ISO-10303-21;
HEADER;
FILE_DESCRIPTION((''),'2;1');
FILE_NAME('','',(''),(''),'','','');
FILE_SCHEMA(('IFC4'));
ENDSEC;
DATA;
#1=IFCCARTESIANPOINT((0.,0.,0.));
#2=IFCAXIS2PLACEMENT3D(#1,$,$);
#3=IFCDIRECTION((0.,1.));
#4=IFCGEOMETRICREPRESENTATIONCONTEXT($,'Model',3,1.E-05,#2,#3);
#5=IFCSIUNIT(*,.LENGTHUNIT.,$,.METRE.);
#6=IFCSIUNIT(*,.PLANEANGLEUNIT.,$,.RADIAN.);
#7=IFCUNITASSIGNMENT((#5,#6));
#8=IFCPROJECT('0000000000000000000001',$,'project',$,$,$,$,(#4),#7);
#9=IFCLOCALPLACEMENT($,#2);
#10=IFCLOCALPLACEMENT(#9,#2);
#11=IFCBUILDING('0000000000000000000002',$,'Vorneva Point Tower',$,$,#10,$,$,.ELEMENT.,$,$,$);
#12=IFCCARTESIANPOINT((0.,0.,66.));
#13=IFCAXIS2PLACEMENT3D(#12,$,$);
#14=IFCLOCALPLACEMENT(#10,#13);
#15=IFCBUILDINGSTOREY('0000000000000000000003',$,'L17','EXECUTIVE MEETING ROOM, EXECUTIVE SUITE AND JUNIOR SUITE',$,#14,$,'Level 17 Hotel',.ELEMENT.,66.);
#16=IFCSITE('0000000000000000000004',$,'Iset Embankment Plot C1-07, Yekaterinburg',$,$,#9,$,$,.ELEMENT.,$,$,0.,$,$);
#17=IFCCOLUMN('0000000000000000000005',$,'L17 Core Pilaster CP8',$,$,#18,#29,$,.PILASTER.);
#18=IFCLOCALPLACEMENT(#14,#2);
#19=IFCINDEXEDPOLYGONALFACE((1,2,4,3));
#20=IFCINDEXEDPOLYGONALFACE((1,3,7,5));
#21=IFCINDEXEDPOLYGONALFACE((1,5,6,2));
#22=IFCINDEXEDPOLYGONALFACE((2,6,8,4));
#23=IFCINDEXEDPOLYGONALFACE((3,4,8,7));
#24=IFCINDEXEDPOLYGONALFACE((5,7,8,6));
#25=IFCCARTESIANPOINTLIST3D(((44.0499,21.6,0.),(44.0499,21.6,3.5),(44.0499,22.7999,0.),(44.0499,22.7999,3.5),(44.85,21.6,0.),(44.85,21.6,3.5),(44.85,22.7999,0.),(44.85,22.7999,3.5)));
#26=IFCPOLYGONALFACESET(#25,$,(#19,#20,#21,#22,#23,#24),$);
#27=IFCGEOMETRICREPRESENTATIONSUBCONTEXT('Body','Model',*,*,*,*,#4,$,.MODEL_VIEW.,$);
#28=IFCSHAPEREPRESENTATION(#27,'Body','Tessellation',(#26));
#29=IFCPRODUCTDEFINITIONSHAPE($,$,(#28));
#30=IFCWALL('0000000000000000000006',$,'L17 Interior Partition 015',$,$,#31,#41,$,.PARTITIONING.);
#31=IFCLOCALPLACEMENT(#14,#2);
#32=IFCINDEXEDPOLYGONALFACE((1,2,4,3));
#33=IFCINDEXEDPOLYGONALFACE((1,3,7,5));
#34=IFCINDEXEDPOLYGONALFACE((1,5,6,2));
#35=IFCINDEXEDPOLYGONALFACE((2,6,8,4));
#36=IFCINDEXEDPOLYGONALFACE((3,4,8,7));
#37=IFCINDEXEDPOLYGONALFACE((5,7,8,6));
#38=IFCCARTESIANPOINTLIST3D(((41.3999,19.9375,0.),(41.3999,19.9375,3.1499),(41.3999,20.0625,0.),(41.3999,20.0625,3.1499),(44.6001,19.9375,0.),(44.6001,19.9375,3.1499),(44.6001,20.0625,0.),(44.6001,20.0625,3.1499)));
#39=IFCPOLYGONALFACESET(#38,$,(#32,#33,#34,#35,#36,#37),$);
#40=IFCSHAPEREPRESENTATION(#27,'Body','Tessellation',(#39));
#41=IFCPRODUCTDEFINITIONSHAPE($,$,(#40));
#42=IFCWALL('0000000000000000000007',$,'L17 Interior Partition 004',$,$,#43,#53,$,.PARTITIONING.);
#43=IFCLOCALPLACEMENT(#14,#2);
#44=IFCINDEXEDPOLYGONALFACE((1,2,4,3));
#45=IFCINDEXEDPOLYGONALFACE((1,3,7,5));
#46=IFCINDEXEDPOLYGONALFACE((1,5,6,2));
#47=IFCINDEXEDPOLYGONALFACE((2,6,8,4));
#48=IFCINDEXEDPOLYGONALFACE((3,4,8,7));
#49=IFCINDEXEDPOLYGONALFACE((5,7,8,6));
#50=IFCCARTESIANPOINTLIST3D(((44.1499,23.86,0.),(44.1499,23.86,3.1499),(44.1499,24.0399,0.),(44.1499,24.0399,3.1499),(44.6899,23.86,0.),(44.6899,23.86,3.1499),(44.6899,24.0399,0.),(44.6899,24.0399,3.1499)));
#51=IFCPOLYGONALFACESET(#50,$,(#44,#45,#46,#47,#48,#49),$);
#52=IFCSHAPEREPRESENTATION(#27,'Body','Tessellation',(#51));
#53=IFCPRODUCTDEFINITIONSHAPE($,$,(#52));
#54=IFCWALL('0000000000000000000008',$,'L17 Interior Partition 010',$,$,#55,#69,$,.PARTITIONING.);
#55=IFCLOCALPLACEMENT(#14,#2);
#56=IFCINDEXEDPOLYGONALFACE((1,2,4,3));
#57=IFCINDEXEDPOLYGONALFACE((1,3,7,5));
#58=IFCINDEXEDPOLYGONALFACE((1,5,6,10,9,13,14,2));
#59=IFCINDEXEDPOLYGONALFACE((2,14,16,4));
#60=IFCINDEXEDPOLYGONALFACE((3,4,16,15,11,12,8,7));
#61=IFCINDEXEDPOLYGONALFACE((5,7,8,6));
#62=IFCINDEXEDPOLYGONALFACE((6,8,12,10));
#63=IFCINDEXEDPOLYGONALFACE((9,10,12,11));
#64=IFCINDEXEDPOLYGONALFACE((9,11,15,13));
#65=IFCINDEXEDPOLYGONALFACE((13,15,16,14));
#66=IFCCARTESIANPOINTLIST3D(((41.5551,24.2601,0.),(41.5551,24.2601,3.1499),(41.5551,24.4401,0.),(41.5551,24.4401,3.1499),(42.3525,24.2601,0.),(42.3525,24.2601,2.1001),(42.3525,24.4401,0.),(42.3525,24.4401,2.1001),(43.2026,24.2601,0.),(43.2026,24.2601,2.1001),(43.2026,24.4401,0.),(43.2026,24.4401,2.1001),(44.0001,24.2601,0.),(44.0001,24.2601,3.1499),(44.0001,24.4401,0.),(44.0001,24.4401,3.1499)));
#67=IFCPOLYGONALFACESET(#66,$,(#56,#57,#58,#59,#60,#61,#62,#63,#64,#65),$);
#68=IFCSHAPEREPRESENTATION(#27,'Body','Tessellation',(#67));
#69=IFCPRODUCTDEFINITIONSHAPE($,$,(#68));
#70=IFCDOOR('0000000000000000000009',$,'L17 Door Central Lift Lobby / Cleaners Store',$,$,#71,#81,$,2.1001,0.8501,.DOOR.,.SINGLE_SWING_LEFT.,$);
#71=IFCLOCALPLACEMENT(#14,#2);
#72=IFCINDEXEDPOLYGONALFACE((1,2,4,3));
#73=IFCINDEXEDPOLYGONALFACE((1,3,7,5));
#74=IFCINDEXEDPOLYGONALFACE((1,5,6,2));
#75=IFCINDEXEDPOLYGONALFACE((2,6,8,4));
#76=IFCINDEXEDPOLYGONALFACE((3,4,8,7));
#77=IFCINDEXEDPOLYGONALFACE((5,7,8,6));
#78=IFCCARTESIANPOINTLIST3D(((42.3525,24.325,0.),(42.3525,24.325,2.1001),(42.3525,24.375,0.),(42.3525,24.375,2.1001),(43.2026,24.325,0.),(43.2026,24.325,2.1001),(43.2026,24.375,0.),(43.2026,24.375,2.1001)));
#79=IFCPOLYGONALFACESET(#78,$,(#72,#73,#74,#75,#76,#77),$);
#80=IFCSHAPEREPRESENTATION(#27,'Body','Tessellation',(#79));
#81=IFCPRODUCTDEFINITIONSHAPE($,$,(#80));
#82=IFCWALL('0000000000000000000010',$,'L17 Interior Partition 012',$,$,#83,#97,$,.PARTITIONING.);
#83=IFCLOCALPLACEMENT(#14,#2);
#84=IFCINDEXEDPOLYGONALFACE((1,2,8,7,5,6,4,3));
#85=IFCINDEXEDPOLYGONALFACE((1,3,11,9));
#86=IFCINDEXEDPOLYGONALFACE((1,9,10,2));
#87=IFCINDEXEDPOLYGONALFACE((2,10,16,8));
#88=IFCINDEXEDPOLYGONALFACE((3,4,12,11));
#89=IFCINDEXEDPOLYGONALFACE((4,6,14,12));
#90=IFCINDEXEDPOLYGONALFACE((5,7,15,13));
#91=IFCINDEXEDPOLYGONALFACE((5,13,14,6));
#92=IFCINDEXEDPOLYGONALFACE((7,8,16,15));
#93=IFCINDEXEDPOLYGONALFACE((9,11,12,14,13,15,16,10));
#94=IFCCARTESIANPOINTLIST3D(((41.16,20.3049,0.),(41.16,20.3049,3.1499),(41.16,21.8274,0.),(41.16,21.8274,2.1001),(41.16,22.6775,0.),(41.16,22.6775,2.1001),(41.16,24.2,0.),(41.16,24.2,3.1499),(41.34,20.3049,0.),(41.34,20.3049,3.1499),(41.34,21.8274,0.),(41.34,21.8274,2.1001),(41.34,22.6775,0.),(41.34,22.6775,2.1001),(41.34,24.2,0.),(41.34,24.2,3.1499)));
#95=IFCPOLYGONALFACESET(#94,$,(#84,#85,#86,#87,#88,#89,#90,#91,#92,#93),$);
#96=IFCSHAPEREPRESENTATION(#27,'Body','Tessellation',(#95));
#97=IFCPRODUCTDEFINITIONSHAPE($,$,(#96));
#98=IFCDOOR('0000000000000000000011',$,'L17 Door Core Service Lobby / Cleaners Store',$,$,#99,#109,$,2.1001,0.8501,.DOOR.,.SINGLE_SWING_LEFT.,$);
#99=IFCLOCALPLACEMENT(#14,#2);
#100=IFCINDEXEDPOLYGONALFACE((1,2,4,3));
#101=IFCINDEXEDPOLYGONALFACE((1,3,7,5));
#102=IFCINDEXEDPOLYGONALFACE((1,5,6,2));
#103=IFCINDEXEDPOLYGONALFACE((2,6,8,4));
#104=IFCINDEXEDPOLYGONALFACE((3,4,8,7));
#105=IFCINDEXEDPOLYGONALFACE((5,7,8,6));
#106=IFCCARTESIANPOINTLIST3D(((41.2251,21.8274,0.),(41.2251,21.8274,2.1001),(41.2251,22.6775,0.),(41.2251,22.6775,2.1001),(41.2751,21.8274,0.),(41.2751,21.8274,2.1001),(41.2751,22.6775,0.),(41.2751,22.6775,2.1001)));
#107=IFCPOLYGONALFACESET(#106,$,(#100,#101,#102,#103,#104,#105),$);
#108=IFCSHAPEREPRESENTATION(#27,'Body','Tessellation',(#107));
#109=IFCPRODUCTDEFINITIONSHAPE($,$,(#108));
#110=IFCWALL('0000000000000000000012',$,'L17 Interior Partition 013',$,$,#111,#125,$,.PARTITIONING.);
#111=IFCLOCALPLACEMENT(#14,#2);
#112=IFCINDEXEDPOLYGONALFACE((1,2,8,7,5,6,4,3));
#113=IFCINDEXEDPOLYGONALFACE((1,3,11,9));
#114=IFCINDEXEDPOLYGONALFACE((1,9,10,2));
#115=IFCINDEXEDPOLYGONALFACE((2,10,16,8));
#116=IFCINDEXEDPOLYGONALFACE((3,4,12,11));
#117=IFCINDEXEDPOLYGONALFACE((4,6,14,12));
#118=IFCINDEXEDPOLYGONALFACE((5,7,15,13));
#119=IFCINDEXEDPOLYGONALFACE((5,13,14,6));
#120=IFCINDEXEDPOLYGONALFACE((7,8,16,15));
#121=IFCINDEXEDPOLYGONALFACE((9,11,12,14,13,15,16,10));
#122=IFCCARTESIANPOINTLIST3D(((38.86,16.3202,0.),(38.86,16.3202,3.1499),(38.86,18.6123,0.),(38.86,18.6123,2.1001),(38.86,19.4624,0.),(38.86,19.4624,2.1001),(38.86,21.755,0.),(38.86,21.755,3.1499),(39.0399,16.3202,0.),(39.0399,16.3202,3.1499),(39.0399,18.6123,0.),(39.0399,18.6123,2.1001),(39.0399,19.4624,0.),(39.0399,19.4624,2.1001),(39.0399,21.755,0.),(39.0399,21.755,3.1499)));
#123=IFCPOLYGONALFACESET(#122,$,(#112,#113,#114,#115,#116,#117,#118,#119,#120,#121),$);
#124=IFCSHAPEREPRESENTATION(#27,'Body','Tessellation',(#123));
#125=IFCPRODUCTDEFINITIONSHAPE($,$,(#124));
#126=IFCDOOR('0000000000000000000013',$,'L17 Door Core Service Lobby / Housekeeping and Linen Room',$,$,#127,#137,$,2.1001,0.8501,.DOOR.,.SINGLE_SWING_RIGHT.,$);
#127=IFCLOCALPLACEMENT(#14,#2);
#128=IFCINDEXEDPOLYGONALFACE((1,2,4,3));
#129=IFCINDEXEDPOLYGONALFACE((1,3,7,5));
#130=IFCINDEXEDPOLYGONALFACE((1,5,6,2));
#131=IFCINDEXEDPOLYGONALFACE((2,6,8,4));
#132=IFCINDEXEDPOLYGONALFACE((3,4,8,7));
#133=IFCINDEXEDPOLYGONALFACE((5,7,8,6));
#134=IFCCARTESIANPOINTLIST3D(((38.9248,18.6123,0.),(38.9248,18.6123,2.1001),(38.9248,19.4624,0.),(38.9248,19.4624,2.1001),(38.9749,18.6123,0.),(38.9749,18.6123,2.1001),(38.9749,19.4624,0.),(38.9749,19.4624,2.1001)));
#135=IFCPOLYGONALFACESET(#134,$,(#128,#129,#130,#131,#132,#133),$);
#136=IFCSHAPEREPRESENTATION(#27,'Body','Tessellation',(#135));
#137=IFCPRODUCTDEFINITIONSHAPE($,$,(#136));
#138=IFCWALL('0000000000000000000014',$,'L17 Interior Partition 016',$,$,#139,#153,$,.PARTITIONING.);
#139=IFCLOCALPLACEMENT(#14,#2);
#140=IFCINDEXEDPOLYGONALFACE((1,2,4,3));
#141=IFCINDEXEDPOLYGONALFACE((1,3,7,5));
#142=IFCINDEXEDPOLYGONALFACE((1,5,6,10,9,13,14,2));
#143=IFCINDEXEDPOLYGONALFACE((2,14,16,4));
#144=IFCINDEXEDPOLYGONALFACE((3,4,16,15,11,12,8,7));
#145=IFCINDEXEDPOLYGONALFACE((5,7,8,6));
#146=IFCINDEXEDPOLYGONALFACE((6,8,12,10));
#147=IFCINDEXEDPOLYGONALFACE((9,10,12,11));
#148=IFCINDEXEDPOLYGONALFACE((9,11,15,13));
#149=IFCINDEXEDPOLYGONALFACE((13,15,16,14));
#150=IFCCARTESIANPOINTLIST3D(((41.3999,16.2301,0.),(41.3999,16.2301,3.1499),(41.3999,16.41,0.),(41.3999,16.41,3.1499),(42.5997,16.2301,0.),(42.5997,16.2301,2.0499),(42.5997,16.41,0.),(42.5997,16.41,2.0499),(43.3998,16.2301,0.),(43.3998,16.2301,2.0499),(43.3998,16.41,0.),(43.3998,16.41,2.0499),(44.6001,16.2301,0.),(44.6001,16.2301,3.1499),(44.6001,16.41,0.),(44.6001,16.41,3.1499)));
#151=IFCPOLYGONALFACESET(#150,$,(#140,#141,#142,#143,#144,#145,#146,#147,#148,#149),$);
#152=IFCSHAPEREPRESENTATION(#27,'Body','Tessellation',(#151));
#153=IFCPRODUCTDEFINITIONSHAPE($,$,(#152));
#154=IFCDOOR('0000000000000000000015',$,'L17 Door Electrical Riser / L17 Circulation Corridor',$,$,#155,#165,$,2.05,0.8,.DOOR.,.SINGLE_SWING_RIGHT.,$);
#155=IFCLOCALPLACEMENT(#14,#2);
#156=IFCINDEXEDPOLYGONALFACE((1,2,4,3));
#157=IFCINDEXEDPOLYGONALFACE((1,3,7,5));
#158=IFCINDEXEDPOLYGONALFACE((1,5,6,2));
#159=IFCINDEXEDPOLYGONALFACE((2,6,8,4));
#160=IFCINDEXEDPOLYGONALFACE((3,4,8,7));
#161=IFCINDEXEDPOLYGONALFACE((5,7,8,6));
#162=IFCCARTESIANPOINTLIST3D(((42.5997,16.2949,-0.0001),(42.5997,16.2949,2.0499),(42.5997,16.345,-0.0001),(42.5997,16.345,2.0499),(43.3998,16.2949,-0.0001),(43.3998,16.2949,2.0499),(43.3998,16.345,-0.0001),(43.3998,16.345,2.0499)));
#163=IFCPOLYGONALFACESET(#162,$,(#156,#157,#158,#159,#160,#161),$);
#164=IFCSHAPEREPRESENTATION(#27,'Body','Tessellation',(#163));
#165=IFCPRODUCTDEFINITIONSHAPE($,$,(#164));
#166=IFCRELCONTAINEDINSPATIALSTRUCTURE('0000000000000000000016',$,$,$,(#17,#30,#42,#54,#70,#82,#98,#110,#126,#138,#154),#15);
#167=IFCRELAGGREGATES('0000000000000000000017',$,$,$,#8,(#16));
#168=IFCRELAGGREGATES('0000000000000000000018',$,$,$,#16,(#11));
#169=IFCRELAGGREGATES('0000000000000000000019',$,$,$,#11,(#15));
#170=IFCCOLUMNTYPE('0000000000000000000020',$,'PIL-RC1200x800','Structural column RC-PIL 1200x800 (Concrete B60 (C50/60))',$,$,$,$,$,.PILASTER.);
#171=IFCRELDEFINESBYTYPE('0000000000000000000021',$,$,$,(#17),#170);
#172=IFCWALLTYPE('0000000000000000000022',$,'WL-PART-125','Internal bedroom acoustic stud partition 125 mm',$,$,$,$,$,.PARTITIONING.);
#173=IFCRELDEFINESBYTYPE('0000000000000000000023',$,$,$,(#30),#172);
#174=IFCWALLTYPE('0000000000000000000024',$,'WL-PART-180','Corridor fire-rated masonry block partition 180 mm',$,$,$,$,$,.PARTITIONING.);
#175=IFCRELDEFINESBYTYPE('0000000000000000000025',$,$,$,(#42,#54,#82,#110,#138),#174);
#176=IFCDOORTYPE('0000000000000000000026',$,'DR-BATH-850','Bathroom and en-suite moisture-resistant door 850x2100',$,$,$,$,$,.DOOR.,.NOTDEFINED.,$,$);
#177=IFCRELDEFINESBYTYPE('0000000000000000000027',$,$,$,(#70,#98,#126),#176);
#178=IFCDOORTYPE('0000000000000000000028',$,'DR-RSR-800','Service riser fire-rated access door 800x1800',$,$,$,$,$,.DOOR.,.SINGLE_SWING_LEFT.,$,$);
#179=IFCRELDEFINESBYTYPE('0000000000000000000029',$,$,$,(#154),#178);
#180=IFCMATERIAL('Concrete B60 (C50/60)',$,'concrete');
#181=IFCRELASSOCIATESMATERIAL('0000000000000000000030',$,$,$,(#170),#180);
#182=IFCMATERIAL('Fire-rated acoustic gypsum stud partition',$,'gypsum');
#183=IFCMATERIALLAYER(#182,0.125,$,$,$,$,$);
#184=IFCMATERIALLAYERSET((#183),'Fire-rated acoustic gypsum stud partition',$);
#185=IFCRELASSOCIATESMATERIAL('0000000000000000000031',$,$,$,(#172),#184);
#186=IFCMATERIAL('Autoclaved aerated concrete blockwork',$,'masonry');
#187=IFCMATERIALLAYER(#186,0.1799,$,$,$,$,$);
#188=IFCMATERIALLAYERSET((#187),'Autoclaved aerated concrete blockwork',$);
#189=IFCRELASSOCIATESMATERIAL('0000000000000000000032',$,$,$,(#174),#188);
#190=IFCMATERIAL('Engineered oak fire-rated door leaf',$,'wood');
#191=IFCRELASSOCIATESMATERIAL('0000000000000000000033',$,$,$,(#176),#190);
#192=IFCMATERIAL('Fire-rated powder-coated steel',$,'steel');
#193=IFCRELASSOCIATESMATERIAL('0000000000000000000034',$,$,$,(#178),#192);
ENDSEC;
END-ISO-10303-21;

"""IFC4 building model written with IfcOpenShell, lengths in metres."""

from ifc_helpers import new_model, si_unit, direction, frame, frame_2d, origin, origin_2d, place, context, subcontext, project, spatial, rectangle, extrude, material, layer, layer_set, material_profile, profile_set, type_object, element, fill, save


model = new_model("IFC4")

# Units and contexts
model_context = context("Model", 3, precision=1e-05, world=origin(), true_north=direction((0.0, 1.0)))
body_context = subcontext(model_context, "Body", "Model", "MODEL_VIEW")
ifc_project = project(units=[si_unit("LENGTHUNIT", "METRE"), si_unit("PLANEANGLEUNIT", "RADIAN")], contexts=[model_context])

# Site, building, storey
site_placement = place(None, origin())
site = spatial("IfcSite", under=ifc_project, at=site_placement, Name="Iset Embankment Plot C1-07, Yekaterinburg", CompositionType="ELEMENT", RefElevation=0.0)
building_placement = place(site_placement, origin())
building = spatial("IfcBuilding", under=site, at=building_placement, Name="Vorneva Point Tower", CompositionType="ELEMENT")
storey_placement = place(building_placement, frame((0.0, 0.0, 66.0)))
storey = spatial("IfcBuildingStorey", under=building, at=storey_placement, Name="L17", Description="EXECUTIVE MEETING ROOM, EXECUTIVE SUITE AND JUNIOR SUITE", LongName="Level 17 Hotel", CompositionType="ELEMENT", Elevation=66.0)

# Column
ifc_material_1 = material(Name="Concrete B60 (C50/60)", Category="concrete")
ifc_material_profile = material_profile(ifc_material_1, rectangle(XDim=0.8, YDim=1.2, at=origin_2d()), Name="RC-PIL 1200x800")
ifc_profile_set = profile_set([ifc_material_profile], Name="Concrete B60 (C50/60)")
column_type = type_object("IfcColumnType", Name="PIL-RC1200x800", Description="Structural column RC-PIL 1200x800 (Concrete B60 (C50/60))", PredefinedType="PILASTER", material=ifc_profile_set)
column_placement = place(storey_placement, frame((44.45, 22.2, 0.0), z_axis=(0.0, 0.0, 1.0), x_axis=(1.0, 0.0, 0.0)))
element("IfcColumn", 1, at=column_placement, inside=storey, type_object=column_type, Name="L17 Core Pilaster CP8", PredefinedType="PILASTER", context=body_context, shape_type="SweptSolid", body=[
    extrude(rectangle(XDim=0.8, YDim=1.2, at=origin_2d()), origin(), (0.0, 0.0, 1.0), 3.5),
])

# Walls
ifc_material_2 = material(Name="Fire-rated acoustic gypsum stud partition", Category="gypsum")
ifc_layer_1 = layer(ifc_material_2, 0.125)
ifc_layer_set_1 = layer_set([ifc_layer_1], Name="Fire-rated acoustic gypsum stud partition")
wall_type_1 = type_object("IfcWallType", Name="WL-PART-125", Description="Internal bedroom acoustic stud partition 125 mm", PredefinedType="PARTITIONING", material=ifc_layer_set_1)
wall_1_placement = place(storey_placement, frame((44.6001, 20.0, 0.0), z_axis=(0.0, 0.0, 1.0), x_axis=(-1.0, 0.0, 0.0)))
element("IfcWall", 2, at=wall_1_placement, inside=storey, type_object=wall_type_1, Name="L17 Interior Partition 015", PredefinedType="PARTITIONING", context=body_context, shape_type="SweptSolid", body=[
    extrude(rectangle(XDim=3.2002, YDim=0.125, at=frame_2d((1.6001, 0.0))), origin(), (0.0, 0.0, 1.0), 3.1499),
])
ifc_material_3 = material(Name="Autoclaved aerated concrete blockwork", Category="masonry")
ifc_layer_2 = layer(ifc_material_3, 0.1799)
ifc_layer_set_2 = layer_set([ifc_layer_2], Name="Autoclaved aerated concrete blockwork")
wall_type_2 = type_object("IfcWallType", Name="WL-PART-180", Description="Corridor fire-rated masonry block partition 180 mm", PredefinedType="PARTITIONING", material=ifc_layer_set_2)
wall_2_placement = place(storey_placement, frame((44.1499, 23.95, 0.0), z_axis=(0.0, 0.0, 1.0), x_axis=(1.0, 0.0, 0.0)))
element("IfcWall", 3, at=wall_2_placement, inside=storey, type_object=wall_type_2, Name="L17 Interior Partition 004", PredefinedType="PARTITIONING", context=body_context, shape_type="SweptSolid", body=[
    extrude(rectangle(XDim=0.54, YDim=0.1799, at=frame_2d((0.27, 0.0))), origin(), (0.0, 0.0, 1.0), 3.1499),
])

# Walls, openings, doors
ifc_material_4 = material(Name="Fire-rated powder-coated steel", Category="steel")
wall_3_placement = place(storey_placement, frame((41.5549, 24.3501, 0.0), z_axis=(0.0, 0.0, 1.0), x_axis=(1.0, 0.0, 0.0)))
wall_3 = element("IfcWall", 4, at=wall_3_placement, inside=storey, type_object=wall_type_2, Name="L17 Interior Partition 010", PredefinedType="PARTITIONING", context=body_context, shape_type="SweptSolid", body=[
    extrude(rectangle(XDim=2.4451, YDim=0.1799, at=frame_2d((1.2227, 0.0))), origin(), (0.0, 0.0, 1.0), 3.1499),
])
opening_1_placement = place(wall_3_placement, frame((0.7976, 0.0, 0.0)))
opening_1 = element("IfcOpeningElement", 5, at=opening_1_placement, cuts=wall_3, PredefinedType="OPENING", context=body_context, shape_type="SweptSolid", body=[
    extrude(rectangle(XDim=0.8501, YDim=2.1001, at=frame_2d((0.425, 1.05))), frame((0.0, 0.105, 0.0), z_axis=(0.0, -1.0, 0.0), x_axis=(1.0, 0.0, 0.0)), (0.0, 0.0, 1.0), 0.2097),
])
ifc_material_5 = material(Name="Engineered oak fire-rated door leaf", Category="wood")
door_type_1 = type_object("IfcDoorType", Name="DR-BATH-850", Description="Bathroom and en-suite moisture-resistant door 850x2100", OperationType="NOTDEFINED", PredefinedType="DOOR", material=ifc_material_5)
door_1_placement = place(opening_1_placement, origin())
door_1 = element("IfcDoor", 6, at=door_1_placement, inside=storey, type_object=door_type_1, Name="L17 Door Central Lift Lobby / Cleaners Store", OperationType="SINGLE_SWING_LEFT", OverallHeight=2.1001, OverallWidth=0.8501, PredefinedType="DOOR", context=body_context, shape_type="SweptSolid", body=[
    extrude(rectangle(XDim=0.8501, YDim=2.1001, at=frame_2d((0.425, 1.05))), frame((0.0, 0.0249, 0.0), z_axis=(0.0, -1.0, 0.0), x_axis=(1.0, 0.0, 0.0)), (0.0, 0.0, 1.0), 0.05),
])
fill(opening_1, door_1)
wall_4_placement = place(storey_placement, frame((41.25, 20.3049, 0.0), z_axis=(0.0, 0.0, 1.0), x_axis=(0.0, 1.0, 0.0)))
wall_4 = element("IfcWall", 7, at=wall_4_placement, inside=storey, type_object=wall_type_2, Name="L17 Interior Partition 012", PredefinedType="PARTITIONING", context=body_context, shape_type="SweptSolid", body=[
    extrude(rectangle(XDim=3.895, YDim=0.1799, at=frame_2d((1.9475, 0.0))), origin(), (0.0, 0.0, 1.0), 3.1499),
])
opening_2_placement = place(wall_4_placement, frame((1.5225, 0.0, 0.0)))
opening_2 = element("IfcOpeningElement", 8, at=opening_2_placement, cuts=wall_4, PredefinedType="OPENING", context=body_context, shape_type="SweptSolid", body=[
    extrude(rectangle(XDim=0.8501, YDim=2.1001, at=frame_2d((0.425, 1.05))), frame((0.0, 0.105, 0.0), z_axis=(0.0, -1.0, 0.0), x_axis=(1.0, 0.0, 0.0)), (0.0, 0.0, 1.0), 0.2097),
])
door_2_placement = place(opening_2_placement, origin())
door_2 = element("IfcDoor", 9, at=door_2_placement, inside=storey, type_object=door_type_1, Name="L17 Door Core Service Lobby / Cleaners Store", OperationType="SINGLE_SWING_LEFT", OverallHeight=2.1001, OverallWidth=0.8501, PredefinedType="DOOR", context=body_context, shape_type="SweptSolid", body=[
    extrude(rectangle(XDim=0.8501, YDim=2.1001, at=frame_2d((0.425, 1.05))), frame((0.0, 0.0249, 0.0), z_axis=(0.0, -1.0, 0.0), x_axis=(1.0, 0.0, 0.0)), (0.0, 0.0, 1.0), 0.05),
])
fill(opening_2, door_2)
wall_5_placement = place(storey_placement, frame((38.95, 21.7549, 0.0), z_axis=(0.0, 0.0, 1.0), x_axis=(0.0, -1.0, 0.0)))
wall_5 = element("IfcWall", 10, at=wall_5_placement, inside=storey, type_object=wall_type_2, Name="L17 Interior Partition 013", PredefinedType="PARTITIONING", context=body_context, shape_type="SweptSolid", body=[
    extrude(rectangle(XDim=5.4348, YDim=0.1799, at=frame_2d((2.7173, 0.0))), origin(), (0.0, 0.0, 1.0), 3.1499),
])
opening_3_placement = place(wall_5_placement, frame((2.2925, 0.0, 0.0)))
opening_3 = element("IfcOpeningElement", 11, at=opening_3_placement, cuts=wall_5, PredefinedType="OPENING", context=body_context, shape_type="SweptSolid", body=[
    extrude(rectangle(XDim=0.8501, YDim=2.1001, at=frame_2d((0.425, 1.05))), frame((0.0, 0.105, 0.0), z_axis=(0.0, -1.0, 0.0), x_axis=(1.0, 0.0, 0.0)), (0.0, 0.0, 1.0), 0.2097),
])
door_3_placement = place(opening_3_placement, origin())
door_3 = element("IfcDoor", 12, at=door_3_placement, inside=storey, type_object=door_type_1, Name="L17 Door Core Service Lobby / Housekeeping and Linen Room", OperationType="SINGLE_SWING_RIGHT", OverallHeight=2.1001, OverallWidth=0.8501, PredefinedType="DOOR", context=body_context, shape_type="SweptSolid", body=[
    extrude(rectangle(XDim=0.8501, YDim=2.1001, at=frame_2d((0.425, 1.05))), frame((0.0, 0.0249, 0.0), z_axis=(0.0, -1.0, 0.0), x_axis=(1.0, 0.0, 0.0)), (0.0, 0.0, 1.0), 0.05),
])
fill(opening_3, door_3)
wall_6_placement = place(storey_placement, frame((41.3999, 16.3201, 0.0), z_axis=(0.0, 0.0, 1.0), x_axis=(1.0, 0.0, 0.0)))
wall_6 = element("IfcWall", 13, at=wall_6_placement, inside=storey, type_object=wall_type_2, Name="L17 Interior Partition 016", PredefinedType="PARTITIONING", context=body_context, shape_type="SweptSolid", body=[
    extrude(rectangle(XDim=3.2002, YDim=0.1799, at=frame_2d((1.6001, 0.0))), origin(), (0.0, 0.0, 1.0), 3.1499),
])
opening_4_placement = place(wall_6_placement, frame((1.2, 0.0, 0.0)))
opening_4 = element("IfcOpeningElement", 14, at=opening_4_placement, cuts=wall_6, PredefinedType="OPENING", context=body_context, shape_type="SweptSolid", body=[
    extrude(rectangle(XDim=0.8, YDim=2.05, at=frame_2d((0.3999, 1.0249))), frame((0.0, 0.105, 0.0), z_axis=(0.0, -1.0, 0.0), x_axis=(1.0, 0.0, 0.0)), (0.0, 0.0, 1.0), 0.2097),
])
door_type_2 = type_object("IfcDoorType", Name="DR-RSR-800", Description="Service riser fire-rated access door 800x1800", OperationType="SINGLE_SWING_LEFT", PredefinedType="DOOR", material=ifc_material_4)
door_4_placement = place(opening_4_placement, origin())
door_4 = element("IfcDoor", 15, at=door_4_placement, inside=storey, type_object=door_type_2, Name="L17 Door Electrical Riser / L17 Circulation Corridor", OperationType="SINGLE_SWING_RIGHT", OverallHeight=2.05, OverallWidth=0.8, PredefinedType="DOOR", context=body_context, shape_type="SweptSolid", body=[
    extrude(rectangle(XDim=0.8, YDim=2.05, at=frame_2d((0.3999, 1.0249))), frame((0.0, 0.0249, 0.0), z_axis=(0.0, -1.0, 0.0), x_axis=(1.0, 0.0, 0.0)), (0.0, 0.0, 1.0), 0.05),
])
fill(opening_4, door_4)

save(model, "model.ifc")
